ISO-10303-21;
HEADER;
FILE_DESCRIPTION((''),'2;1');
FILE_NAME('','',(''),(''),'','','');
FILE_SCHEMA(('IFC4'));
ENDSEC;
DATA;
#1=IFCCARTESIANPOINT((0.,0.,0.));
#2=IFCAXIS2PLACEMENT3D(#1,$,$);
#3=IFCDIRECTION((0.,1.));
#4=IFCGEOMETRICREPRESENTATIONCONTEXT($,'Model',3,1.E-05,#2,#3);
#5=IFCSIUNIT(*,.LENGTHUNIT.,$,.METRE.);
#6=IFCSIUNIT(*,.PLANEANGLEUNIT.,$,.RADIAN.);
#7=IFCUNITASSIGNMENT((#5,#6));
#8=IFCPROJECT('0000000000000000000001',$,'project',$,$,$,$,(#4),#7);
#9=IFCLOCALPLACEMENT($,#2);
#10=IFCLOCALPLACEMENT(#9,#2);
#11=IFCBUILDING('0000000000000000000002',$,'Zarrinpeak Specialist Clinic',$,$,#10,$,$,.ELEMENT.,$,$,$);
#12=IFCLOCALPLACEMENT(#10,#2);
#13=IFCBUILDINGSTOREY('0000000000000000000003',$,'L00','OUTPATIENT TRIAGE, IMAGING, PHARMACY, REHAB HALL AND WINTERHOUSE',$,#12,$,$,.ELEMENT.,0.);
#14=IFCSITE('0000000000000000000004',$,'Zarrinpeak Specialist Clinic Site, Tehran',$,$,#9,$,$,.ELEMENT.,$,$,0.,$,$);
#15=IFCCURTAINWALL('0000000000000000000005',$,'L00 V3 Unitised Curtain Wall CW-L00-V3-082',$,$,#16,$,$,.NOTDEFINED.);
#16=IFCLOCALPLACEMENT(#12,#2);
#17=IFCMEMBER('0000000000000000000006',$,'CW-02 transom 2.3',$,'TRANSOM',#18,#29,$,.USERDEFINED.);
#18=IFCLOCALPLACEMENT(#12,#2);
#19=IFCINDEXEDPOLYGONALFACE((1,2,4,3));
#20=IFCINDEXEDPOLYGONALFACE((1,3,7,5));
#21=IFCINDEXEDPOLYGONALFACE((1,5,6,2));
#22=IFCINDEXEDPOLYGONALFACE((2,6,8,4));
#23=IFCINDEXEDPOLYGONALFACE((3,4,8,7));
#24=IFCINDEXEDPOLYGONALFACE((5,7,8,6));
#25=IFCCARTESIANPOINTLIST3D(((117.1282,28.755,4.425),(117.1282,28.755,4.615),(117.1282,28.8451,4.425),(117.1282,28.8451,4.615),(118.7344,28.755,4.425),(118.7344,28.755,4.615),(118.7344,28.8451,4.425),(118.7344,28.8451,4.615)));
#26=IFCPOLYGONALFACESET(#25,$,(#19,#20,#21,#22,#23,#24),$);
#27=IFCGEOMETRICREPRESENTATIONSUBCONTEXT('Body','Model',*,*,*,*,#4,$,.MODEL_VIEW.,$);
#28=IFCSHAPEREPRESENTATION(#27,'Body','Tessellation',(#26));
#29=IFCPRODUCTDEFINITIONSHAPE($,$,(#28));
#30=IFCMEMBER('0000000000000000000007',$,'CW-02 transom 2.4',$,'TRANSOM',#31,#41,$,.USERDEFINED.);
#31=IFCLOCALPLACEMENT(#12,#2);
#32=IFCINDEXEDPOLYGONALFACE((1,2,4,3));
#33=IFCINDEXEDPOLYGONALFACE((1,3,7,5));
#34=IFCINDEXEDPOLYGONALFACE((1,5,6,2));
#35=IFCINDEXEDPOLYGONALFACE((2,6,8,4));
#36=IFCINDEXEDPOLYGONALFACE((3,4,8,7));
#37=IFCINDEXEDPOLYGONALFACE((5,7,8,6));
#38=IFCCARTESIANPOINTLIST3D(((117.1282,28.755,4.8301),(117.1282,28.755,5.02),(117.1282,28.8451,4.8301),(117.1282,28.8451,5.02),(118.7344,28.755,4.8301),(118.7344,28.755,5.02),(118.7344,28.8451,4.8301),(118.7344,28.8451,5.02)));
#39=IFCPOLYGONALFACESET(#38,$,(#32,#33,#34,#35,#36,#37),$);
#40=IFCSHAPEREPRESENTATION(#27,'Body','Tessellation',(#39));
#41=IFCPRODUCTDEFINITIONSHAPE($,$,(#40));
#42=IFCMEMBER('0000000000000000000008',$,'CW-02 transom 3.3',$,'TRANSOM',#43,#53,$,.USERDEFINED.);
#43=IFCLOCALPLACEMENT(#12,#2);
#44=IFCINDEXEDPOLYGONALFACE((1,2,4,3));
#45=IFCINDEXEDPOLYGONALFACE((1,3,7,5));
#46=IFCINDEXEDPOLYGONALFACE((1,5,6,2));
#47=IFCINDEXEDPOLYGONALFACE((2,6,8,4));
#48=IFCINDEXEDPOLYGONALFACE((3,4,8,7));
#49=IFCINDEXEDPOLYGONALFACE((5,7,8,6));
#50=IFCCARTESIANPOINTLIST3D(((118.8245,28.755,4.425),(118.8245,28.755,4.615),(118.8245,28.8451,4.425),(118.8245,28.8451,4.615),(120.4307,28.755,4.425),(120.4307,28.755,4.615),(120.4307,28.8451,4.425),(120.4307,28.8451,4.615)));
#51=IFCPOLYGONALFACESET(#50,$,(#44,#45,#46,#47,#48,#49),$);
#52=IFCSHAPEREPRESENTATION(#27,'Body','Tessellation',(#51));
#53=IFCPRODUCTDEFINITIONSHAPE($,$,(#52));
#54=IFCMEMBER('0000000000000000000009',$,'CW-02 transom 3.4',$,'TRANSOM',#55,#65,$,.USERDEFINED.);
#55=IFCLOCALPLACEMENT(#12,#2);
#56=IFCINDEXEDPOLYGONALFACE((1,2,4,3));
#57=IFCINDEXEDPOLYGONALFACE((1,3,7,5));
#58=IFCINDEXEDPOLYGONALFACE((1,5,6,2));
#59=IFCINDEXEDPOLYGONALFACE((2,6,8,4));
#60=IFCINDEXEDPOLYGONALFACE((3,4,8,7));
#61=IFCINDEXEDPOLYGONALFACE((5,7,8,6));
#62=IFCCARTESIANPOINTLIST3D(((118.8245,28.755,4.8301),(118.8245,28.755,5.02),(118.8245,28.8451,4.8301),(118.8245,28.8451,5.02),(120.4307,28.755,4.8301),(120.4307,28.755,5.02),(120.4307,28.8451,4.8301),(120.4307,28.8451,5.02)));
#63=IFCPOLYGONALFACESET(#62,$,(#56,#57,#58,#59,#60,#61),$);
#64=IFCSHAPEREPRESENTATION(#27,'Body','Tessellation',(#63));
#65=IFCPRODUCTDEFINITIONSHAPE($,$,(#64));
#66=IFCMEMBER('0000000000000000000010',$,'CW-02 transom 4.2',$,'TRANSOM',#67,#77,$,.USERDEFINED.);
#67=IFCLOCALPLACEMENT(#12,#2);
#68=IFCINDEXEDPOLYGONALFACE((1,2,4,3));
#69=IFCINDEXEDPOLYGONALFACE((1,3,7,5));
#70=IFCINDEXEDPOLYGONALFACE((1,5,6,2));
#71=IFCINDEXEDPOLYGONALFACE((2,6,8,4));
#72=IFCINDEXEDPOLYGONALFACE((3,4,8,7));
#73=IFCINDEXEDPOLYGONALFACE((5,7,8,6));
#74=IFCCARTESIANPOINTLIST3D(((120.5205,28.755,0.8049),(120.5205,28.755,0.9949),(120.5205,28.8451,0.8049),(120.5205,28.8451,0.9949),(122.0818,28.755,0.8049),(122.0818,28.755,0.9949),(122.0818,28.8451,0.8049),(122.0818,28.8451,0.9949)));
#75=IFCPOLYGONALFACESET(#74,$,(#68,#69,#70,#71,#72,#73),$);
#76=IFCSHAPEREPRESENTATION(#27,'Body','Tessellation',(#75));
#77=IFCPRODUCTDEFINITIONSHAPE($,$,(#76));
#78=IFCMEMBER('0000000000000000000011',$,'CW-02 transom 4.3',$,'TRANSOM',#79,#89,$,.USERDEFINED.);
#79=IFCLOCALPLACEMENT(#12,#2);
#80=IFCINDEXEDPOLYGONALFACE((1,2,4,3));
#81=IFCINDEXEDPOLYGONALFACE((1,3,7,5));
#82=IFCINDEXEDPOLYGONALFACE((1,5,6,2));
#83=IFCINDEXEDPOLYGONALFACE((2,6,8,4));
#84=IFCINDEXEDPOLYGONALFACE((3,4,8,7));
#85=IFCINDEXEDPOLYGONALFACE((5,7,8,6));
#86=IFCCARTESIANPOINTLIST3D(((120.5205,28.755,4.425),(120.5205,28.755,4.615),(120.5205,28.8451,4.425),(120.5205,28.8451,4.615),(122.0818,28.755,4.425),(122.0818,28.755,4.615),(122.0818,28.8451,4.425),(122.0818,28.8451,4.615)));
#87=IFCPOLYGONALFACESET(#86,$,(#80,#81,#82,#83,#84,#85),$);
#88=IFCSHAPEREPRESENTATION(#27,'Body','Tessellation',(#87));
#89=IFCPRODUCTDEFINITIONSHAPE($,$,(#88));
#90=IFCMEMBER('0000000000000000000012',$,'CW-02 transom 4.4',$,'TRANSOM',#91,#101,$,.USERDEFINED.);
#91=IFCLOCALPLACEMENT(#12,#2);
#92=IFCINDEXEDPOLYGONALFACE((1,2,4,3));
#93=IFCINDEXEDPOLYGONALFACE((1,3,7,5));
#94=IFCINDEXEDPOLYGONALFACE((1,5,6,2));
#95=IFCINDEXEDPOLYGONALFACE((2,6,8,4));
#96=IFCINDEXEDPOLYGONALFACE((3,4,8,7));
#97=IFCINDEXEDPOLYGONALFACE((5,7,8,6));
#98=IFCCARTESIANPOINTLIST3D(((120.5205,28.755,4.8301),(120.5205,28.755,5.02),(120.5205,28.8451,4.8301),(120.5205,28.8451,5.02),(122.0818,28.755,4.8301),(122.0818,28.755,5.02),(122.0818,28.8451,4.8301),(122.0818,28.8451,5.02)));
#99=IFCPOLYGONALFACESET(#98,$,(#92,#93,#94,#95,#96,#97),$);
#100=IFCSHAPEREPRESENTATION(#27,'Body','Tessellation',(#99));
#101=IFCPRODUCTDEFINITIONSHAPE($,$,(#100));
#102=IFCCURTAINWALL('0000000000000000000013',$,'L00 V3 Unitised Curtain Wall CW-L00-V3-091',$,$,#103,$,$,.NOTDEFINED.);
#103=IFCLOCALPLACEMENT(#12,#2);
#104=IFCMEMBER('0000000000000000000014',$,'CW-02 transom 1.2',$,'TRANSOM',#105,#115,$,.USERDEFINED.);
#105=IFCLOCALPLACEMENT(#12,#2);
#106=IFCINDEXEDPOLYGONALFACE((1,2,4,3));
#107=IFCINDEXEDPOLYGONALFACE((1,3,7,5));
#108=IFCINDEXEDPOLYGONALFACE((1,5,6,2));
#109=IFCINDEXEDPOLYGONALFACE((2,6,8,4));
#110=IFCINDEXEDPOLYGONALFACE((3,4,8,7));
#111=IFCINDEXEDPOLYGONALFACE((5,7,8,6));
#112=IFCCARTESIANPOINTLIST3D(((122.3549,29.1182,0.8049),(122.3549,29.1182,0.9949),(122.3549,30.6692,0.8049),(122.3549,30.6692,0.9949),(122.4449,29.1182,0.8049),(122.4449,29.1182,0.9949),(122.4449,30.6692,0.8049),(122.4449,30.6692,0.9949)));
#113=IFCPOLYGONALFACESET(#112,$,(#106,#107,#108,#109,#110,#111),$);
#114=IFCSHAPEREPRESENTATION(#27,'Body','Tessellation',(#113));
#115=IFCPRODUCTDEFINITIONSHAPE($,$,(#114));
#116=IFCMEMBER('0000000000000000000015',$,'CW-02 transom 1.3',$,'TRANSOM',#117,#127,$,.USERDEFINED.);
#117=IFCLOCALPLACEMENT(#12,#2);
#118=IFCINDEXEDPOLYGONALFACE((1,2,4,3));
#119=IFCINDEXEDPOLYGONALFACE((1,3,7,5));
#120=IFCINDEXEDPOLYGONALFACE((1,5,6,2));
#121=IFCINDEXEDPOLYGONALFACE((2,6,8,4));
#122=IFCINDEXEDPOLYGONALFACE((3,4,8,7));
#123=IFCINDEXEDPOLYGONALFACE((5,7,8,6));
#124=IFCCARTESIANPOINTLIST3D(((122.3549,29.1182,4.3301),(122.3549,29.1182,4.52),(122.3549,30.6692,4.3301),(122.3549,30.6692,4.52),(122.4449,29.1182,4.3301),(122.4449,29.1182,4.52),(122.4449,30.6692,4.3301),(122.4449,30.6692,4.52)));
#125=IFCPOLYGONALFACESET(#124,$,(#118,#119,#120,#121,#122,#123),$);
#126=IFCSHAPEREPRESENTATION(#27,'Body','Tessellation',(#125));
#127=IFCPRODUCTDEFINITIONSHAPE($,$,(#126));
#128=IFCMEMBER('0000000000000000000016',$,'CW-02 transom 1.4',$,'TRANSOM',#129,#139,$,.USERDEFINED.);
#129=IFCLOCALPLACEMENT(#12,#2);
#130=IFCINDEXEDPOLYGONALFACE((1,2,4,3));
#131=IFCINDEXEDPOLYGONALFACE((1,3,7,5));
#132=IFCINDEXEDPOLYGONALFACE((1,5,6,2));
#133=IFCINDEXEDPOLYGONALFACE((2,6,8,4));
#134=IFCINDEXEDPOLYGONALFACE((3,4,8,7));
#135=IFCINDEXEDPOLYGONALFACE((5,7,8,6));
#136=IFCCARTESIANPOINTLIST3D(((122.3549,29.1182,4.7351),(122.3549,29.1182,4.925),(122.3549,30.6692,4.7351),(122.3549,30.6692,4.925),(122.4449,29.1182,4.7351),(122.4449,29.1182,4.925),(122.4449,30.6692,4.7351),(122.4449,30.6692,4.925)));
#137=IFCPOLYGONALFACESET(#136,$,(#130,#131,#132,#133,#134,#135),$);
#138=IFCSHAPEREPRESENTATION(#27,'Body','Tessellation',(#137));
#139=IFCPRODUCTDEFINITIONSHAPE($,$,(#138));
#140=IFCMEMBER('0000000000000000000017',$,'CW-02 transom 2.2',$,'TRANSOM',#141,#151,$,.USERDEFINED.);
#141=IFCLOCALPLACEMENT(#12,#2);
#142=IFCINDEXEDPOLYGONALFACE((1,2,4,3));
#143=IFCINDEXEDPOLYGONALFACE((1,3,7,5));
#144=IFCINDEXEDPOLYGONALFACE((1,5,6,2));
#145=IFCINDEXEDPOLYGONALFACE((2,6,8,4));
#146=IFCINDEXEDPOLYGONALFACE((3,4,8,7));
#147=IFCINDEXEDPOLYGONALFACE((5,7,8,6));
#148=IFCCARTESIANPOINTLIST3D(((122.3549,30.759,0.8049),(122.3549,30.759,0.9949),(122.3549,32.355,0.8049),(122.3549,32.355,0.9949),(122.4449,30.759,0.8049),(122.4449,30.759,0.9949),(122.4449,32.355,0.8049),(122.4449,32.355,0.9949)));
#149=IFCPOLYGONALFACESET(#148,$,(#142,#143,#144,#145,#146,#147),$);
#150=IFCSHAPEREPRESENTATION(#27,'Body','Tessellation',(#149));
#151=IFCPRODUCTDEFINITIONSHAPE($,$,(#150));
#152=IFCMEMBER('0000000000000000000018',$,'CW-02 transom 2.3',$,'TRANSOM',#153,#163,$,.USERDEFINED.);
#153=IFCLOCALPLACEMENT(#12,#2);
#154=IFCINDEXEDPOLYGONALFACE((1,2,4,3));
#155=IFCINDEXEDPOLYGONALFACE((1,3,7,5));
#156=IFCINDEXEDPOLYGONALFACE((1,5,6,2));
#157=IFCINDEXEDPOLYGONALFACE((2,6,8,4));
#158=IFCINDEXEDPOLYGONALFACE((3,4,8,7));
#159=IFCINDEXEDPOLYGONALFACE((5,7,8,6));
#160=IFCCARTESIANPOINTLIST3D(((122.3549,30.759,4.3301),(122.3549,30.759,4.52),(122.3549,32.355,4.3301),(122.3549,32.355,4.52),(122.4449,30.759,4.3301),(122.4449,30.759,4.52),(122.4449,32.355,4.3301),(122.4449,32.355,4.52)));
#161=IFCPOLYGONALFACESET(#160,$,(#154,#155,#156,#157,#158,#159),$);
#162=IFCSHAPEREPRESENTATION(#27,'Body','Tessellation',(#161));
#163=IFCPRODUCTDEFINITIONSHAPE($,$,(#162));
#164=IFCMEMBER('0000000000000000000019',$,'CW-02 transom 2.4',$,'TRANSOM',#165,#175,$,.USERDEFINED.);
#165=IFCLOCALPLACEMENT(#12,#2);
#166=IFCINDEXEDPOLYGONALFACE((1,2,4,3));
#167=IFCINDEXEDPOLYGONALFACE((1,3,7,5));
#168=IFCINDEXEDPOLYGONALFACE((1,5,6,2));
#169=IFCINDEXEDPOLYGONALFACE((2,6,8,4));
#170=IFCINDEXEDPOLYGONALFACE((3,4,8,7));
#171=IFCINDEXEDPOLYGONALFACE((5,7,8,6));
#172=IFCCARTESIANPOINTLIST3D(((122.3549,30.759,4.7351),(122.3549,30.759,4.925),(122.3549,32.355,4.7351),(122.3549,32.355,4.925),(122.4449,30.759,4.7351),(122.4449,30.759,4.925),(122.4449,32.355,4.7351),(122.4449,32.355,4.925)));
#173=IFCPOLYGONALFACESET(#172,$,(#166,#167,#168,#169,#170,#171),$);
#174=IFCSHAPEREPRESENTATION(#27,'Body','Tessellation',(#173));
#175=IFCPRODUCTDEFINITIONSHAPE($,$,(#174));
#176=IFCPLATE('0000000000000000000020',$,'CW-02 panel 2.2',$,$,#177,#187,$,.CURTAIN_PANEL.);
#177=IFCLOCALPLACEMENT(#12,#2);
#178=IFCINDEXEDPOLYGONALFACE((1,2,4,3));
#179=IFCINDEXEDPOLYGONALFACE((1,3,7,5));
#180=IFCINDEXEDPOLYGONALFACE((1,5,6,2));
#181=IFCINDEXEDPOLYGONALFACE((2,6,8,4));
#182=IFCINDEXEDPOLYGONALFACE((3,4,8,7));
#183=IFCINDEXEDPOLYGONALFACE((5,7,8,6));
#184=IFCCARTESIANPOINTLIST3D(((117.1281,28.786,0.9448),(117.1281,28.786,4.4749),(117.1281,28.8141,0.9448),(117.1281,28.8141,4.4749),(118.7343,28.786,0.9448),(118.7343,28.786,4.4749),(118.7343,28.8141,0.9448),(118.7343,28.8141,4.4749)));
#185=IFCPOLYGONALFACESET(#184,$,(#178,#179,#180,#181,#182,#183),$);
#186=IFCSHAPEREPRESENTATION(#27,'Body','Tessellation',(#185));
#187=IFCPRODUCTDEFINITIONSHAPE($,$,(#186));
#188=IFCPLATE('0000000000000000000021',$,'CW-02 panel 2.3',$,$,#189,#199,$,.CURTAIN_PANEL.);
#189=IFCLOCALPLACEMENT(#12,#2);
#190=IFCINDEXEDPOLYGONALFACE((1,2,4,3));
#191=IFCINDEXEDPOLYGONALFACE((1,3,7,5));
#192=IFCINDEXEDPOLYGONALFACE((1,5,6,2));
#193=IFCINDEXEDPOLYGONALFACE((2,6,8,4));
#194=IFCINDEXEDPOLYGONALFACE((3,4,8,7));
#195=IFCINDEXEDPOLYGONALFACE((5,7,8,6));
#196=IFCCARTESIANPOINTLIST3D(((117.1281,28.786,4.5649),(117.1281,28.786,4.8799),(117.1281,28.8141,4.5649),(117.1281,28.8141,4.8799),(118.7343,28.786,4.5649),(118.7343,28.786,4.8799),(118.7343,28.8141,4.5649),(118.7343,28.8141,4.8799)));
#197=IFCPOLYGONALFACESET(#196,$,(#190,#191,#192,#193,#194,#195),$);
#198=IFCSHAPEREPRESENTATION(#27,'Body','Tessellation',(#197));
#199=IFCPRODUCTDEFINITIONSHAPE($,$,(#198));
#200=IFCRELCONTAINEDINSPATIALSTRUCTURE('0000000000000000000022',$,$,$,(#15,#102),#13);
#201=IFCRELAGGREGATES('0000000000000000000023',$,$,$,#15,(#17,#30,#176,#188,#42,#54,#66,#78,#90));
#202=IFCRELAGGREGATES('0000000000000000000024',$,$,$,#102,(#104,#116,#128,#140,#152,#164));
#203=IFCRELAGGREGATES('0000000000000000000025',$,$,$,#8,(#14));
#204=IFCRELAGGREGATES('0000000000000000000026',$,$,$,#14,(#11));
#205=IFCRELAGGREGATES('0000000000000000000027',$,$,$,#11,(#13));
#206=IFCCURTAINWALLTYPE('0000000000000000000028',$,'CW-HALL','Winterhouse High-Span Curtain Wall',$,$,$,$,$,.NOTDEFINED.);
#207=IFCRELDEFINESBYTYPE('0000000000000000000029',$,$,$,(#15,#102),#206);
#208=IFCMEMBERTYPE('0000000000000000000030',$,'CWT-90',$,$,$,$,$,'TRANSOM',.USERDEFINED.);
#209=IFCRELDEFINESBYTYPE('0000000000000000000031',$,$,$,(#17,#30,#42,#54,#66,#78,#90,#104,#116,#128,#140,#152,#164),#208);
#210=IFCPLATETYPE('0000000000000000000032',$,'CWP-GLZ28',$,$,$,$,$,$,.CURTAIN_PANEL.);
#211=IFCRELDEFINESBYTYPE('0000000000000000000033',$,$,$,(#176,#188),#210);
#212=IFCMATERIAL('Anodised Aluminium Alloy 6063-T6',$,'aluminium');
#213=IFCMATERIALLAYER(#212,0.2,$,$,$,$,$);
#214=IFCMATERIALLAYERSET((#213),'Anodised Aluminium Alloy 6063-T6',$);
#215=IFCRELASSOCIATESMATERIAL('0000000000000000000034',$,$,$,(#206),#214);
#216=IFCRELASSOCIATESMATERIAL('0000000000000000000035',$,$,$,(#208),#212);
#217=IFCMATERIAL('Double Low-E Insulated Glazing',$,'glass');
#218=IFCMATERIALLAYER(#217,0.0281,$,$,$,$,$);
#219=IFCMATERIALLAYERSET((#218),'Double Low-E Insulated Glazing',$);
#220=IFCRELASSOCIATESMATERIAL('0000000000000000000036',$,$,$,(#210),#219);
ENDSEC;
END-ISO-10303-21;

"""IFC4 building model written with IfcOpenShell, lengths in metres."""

from ifc_helpers import new_model, si_unit, direction, frame, origin, origin_2d, place, context, subcontext, project, spatial, rectangle, extrude, material, layer, layer_set, material_profile, profile_set, type_object, element, aggregate, save


model = new_model("IFC4")

# Units and contexts
model_context = context("Model", 3, precision=1e-05, world=origin(), true_north=direction((0.0, 1.0)))
body_context = subcontext(model_context, "Body", "Model", "MODEL_VIEW")
ifc_project = project(units=[si_unit("LENGTHUNIT", "METRE"), si_unit("PLANEANGLEUNIT", "RADIAN")], contexts=[model_context])

# Site, building, storey
site_placement = place(None, origin())
site = spatial("IfcSite", under=ifc_project, at=site_placement, Name="Zarrinpeak Specialist Clinic Site, Tehran", CompositionType="ELEMENT", RefElevation=0.0)
building_placement = place(site_placement, origin())
building = spatial("IfcBuilding", under=site, at=building_placement, Name="Zarrinpeak Specialist Clinic", CompositionType="ELEMENT")
storey_placement = place(building_placement, origin())
storey = spatial("IfcBuildingStorey", under=building, at=storey_placement, Name="L00", Description="OUTPATIENT TRIAGE, IMAGING, PHARMACY, REHAB HALL AND WINTERHOUSE", CompositionType="ELEMENT", Elevation=0.0)

# Curtain walls, members
ifc_material_1 = material(Name="Anodised Aluminium Alloy 6063-T6", Category="aluminium")
ifc_layer_1 = layer(ifc_material_1, 0.2)
ifc_layer_set_1 = layer_set([ifc_layer_1], Name="Anodised Aluminium Alloy 6063-T6")
curtain_wall_type = type_object("IfcCurtainWallType", Name="CW-HALL", Description="Winterhouse High-Span Curtain Wall", PredefinedType="NOTDEFINED", material=ifc_layer_set_1)
curtain_wall_1_placement = place(storey_placement, origin())
curtain_wall_1 = element("IfcCurtainWall", 1, at=curtain_wall_1_placement, inside=storey, type_object=curtain_wall_type, Name="L00 V3 Unitised Curtain Wall CW-L00-V3-082", PredefinedType="NOTDEFINED")
ifc_material_profile = material_profile(ifc_material_1, rectangle(XDim=0.0901, YDim=0.1899, at=origin_2d()), Name="ALU 90x190")
ifc_profile_set = profile_set([ifc_material_profile], Name="Anodised Aluminium Alloy 6063-T6")
member_type = type_object("IfcMemberType", Name="CWT-90", ElementType="TRANSOM", PredefinedType="USERDEFINED", material=ifc_profile_set)
member_1_placement = place(storey_placement, frame((117.1282, 28.8, 4.52), z_axis=(1.0, 0.0, 0.0), x_axis=(0.0, 1.0, 0.0)))
member_1 = element("IfcMember", 2, at=member_1_placement, type_object=member_type, Name="CW-02 transom 2.3", ObjectType="TRANSOM", PredefinedType="USERDEFINED", context=body_context, shape_type="SweptSolid", body=[
    extrude(rectangle(XDim=0.0901, YDim=0.1899, at=origin_2d()), origin(), (0.0, 0.0, 1.0), 1.6062),
])
member_2_placement = place(storey_placement, frame((117.1282, 28.8, 4.925), z_axis=(1.0, 0.0, 0.0), x_axis=(0.0, 1.0, 0.0)))
member_2 = element("IfcMember", 3, at=member_2_placement, type_object=member_type, Name="CW-02 transom 2.4", ObjectType="TRANSOM", PredefinedType="USERDEFINED", context=body_context, shape_type="SweptSolid", body=[
    extrude(rectangle(XDim=0.0901, YDim=0.1899, at=origin_2d()), origin(), (0.0, 0.0, 1.0), 1.6062),
])
member_3_placement = place(storey_placement, frame((118.8245, 28.8, 4.52), z_axis=(1.0, 0.0, 0.0), x_axis=(0.0, 1.0, 0.0)))
member_3 = element("IfcMember", 4, at=member_3_placement, type_object=member_type, Name="CW-02 transom 3.3", ObjectType="TRANSOM", PredefinedType="USERDEFINED", context=body_context, shape_type="SweptSolid", body=[
    extrude(rectangle(XDim=0.0901, YDim=0.1899, at=origin_2d()), origin(), (0.0, 0.0, 1.0), 1.6062),
])
member_4_placement = place(storey_placement, frame((118.8245, 28.8, 4.925), z_axis=(1.0, 0.0, 0.0), x_axis=(0.0, 1.0, 0.0)))
member_4 = element("IfcMember", 5, at=member_4_placement, type_object=member_type, Name="CW-02 transom 3.4", ObjectType="TRANSOM", PredefinedType="USERDEFINED", context=body_context, shape_type="SweptSolid", body=[
    extrude(rectangle(XDim=0.0901, YDim=0.1899, at=origin_2d()), origin(), (0.0, 0.0, 1.0), 1.6062),
])
member_5_placement = place(storey_placement, frame((120.5205, 28.8, 0.8999), z_axis=(1.0, 0.0, 0.0), x_axis=(0.0, 1.0, 0.0)))
member_5 = element("IfcMember", 6, at=member_5_placement, type_object=member_type, Name="CW-02 transom 4.2", ObjectType="TRANSOM", PredefinedType="USERDEFINED", context=body_context, shape_type="SweptSolid", body=[
    extrude(rectangle(XDim=0.0901, YDim=0.1899, at=origin_2d()), origin(), (0.0, 0.0, 1.0), 1.5613),
])
member_6_placement = place(storey_placement, frame((120.5205, 28.8, 4.52), z_axis=(1.0, 0.0, 0.0), x_axis=(0.0, 1.0, 0.0)))
member_6 = element("IfcMember", 7, at=member_6_placement, type_object=member_type, Name="CW-02 transom 4.3", ObjectType="TRANSOM", PredefinedType="USERDEFINED", context=body_context, shape_type="SweptSolid", body=[
    extrude(rectangle(XDim=0.0901, YDim=0.1899, at=origin_2d()), origin(), (0.0, 0.0, 1.0), 1.5613),
])
member_7_placement = place(storey_placement, frame((120.5205, 28.8, 4.925), z_axis=(1.0, 0.0, 0.0), x_axis=(0.0, 1.0, 0.0)))
member_7 = element("IfcMember", 8, at=member_7_placement, type_object=member_type, Name="CW-02 transom 4.4", ObjectType="TRANSOM", PredefinedType="USERDEFINED", context=body_context, shape_type="SweptSolid", body=[
    extrude(rectangle(XDim=0.0901, YDim=0.1899, at=origin_2d()), origin(), (0.0, 0.0, 1.0), 1.5613),
])
curtain_wall_2_placement = place(storey_placement, origin())
curtain_wall_2 = element("IfcCurtainWall", 9, at=curtain_wall_2_placement, inside=storey, type_object=curtain_wall_type, Name="L00 V3 Unitised Curtain Wall CW-L00-V3-091", PredefinedType="NOTDEFINED")
member_8_placement = place(storey_placement, frame((122.3999, 29.1182, 0.8999), z_axis=(0.0, 1.0, 0.0), x_axis=(-1.0, 0.0, 0.0)))
member_8 = element("IfcMember", 10, at=member_8_placement, type_object=member_type, Name="CW-02 transom 1.2", ObjectType="TRANSOM", PredefinedType="USERDEFINED", context=body_context, shape_type="SweptSolid", body=[
    extrude(rectangle(XDim=0.0901, YDim=0.1899, at=origin_2d()), origin(), (0.0, 0.0, 1.0), 1.551),
])
member_9_placement = place(storey_placement, frame((122.3999, 29.1182, 4.425), z_axis=(0.0, 1.0, 0.0), x_axis=(-1.0, 0.0, 0.0)))
member_9 = element("IfcMember", 11, at=member_9_placement, type_object=member_type, Name="CW-02 transom 1.3", ObjectType="TRANSOM", PredefinedType="USERDEFINED", context=body_context, shape_type="SweptSolid", body=[
    extrude(rectangle(XDim=0.0901, YDim=0.1899, at=origin_2d()), origin(), (0.0, 0.0, 1.0), 1.551),
])
member_10_placement = place(storey_placement, frame((122.3999, 29.1182, 4.8301), z_axis=(0.0, 1.0, 0.0), x_axis=(-1.0, 0.0, 0.0)))
member_10 = element("IfcMember", 12, at=member_10_placement, type_object=member_type, Name="CW-02 transom 1.4", ObjectType="TRANSOM", PredefinedType="USERDEFINED", context=body_context, shape_type="SweptSolid", body=[
    extrude(rectangle(XDim=0.0901, YDim=0.1899, at=origin_2d()), origin(), (0.0, 0.0, 1.0), 1.551),
])
member_11_placement = place(storey_placement, frame((122.3999, 30.759, 0.8999), z_axis=(0.0, 1.0, 0.0), x_axis=(-1.0, 0.0, 0.0)))
member_11 = element("IfcMember", 13, at=member_11_placement, type_object=member_type, Name="CW-02 transom 2.2", ObjectType="TRANSOM", PredefinedType="USERDEFINED", context=body_context, shape_type="SweptSolid", body=[
    extrude(rectangle(XDim=0.0901, YDim=0.1899, at=origin_2d()), origin(), (0.0, 0.0, 1.0), 1.5959),
])
member_12_placement = place(storey_placement, frame((122.3999, 30.759, 4.425), z_axis=(0.0, 1.0, 0.0), x_axis=(-1.0, 0.0, 0.0)))
member_12 = element("IfcMember", 14, at=member_12_placement, type_object=member_type, Name="CW-02 transom 2.3", ObjectType="TRANSOM", PredefinedType="USERDEFINED", context=body_context, shape_type="SweptSolid", body=[
    extrude(rectangle(XDim=0.0901, YDim=0.1899, at=origin_2d()), origin(), (0.0, 0.0, 1.0), 1.5959),
])
member_13_placement = place(storey_placement, frame((122.3999, 30.759, 4.8301), z_axis=(0.0, 1.0, 0.0), x_axis=(-1.0, 0.0, 0.0)))
member_13 = element("IfcMember", 15, at=member_13_placement, type_object=member_type, Name="CW-02 transom 2.4", ObjectType="TRANSOM", PredefinedType="USERDEFINED", context=body_context, shape_type="SweptSolid", body=[
    extrude(rectangle(XDim=0.0901, YDim=0.1899, at=origin_2d()), origin(), (0.0, 0.0, 1.0), 1.5959),
])

# Plates
ifc_material_2 = material(Name="Double Low-E Insulated Glazing", Category="glass")
ifc_layer_2 = layer(ifc_material_2, 0.0281)
ifc_layer_set_2 = layer_set([ifc_layer_2], Name="Double Low-E Insulated Glazing")
plate_type_1 = type_object("IfcPlateType", Name="CWP-GLZ28", PredefinedType="CURTAIN_PANEL", material=ifc_layer_set_2)
plate_1_placement = place(storey_placement, frame((117.9312, 28.8, 0.9448), z_axis=(0.0, 0.0, 1.0), x_axis=(1.0, 0.0, 0.0)))
plate_1 = element("IfcPlate", 16, at=plate_1_placement, type_object=plate_type_1, Name="CW-02 panel 2.2", PredefinedType="CURTAIN_PANEL", context=body_context, shape_type="SweptSolid", body=[
    extrude(rectangle(XDim=1.6062, YDim=0.0281, at=origin_2d()), origin(), (0.0, 0.0, 1.0), 3.53),
])
plate_2_placement = place(storey_placement, frame((117.9312, 28.8, 4.5649), z_axis=(0.0, 0.0, 1.0), x_axis=(1.0, 0.0, 0.0)))
plate_2 = element("IfcPlate", 17, at=plate_2_placement, type_object=plate_type_1, Name="CW-02 panel 2.3", PredefinedType="CURTAIN_PANEL", context=body_context, shape_type="SweptSolid", body=[
    extrude(rectangle(XDim=1.6062, YDim=0.0281, at=origin_2d()), origin(), (0.0, 0.0, 1.0), 0.3149),
])
aggregate(curtain_wall_1, [member_1, member_2, plate_1, plate_2, member_3, member_4, member_5, member_6, member_7])
aggregate(curtain_wall_2, [member_8, member_9, member_10, member_11, member_12, member_13])

save(model, "model.ifc")
